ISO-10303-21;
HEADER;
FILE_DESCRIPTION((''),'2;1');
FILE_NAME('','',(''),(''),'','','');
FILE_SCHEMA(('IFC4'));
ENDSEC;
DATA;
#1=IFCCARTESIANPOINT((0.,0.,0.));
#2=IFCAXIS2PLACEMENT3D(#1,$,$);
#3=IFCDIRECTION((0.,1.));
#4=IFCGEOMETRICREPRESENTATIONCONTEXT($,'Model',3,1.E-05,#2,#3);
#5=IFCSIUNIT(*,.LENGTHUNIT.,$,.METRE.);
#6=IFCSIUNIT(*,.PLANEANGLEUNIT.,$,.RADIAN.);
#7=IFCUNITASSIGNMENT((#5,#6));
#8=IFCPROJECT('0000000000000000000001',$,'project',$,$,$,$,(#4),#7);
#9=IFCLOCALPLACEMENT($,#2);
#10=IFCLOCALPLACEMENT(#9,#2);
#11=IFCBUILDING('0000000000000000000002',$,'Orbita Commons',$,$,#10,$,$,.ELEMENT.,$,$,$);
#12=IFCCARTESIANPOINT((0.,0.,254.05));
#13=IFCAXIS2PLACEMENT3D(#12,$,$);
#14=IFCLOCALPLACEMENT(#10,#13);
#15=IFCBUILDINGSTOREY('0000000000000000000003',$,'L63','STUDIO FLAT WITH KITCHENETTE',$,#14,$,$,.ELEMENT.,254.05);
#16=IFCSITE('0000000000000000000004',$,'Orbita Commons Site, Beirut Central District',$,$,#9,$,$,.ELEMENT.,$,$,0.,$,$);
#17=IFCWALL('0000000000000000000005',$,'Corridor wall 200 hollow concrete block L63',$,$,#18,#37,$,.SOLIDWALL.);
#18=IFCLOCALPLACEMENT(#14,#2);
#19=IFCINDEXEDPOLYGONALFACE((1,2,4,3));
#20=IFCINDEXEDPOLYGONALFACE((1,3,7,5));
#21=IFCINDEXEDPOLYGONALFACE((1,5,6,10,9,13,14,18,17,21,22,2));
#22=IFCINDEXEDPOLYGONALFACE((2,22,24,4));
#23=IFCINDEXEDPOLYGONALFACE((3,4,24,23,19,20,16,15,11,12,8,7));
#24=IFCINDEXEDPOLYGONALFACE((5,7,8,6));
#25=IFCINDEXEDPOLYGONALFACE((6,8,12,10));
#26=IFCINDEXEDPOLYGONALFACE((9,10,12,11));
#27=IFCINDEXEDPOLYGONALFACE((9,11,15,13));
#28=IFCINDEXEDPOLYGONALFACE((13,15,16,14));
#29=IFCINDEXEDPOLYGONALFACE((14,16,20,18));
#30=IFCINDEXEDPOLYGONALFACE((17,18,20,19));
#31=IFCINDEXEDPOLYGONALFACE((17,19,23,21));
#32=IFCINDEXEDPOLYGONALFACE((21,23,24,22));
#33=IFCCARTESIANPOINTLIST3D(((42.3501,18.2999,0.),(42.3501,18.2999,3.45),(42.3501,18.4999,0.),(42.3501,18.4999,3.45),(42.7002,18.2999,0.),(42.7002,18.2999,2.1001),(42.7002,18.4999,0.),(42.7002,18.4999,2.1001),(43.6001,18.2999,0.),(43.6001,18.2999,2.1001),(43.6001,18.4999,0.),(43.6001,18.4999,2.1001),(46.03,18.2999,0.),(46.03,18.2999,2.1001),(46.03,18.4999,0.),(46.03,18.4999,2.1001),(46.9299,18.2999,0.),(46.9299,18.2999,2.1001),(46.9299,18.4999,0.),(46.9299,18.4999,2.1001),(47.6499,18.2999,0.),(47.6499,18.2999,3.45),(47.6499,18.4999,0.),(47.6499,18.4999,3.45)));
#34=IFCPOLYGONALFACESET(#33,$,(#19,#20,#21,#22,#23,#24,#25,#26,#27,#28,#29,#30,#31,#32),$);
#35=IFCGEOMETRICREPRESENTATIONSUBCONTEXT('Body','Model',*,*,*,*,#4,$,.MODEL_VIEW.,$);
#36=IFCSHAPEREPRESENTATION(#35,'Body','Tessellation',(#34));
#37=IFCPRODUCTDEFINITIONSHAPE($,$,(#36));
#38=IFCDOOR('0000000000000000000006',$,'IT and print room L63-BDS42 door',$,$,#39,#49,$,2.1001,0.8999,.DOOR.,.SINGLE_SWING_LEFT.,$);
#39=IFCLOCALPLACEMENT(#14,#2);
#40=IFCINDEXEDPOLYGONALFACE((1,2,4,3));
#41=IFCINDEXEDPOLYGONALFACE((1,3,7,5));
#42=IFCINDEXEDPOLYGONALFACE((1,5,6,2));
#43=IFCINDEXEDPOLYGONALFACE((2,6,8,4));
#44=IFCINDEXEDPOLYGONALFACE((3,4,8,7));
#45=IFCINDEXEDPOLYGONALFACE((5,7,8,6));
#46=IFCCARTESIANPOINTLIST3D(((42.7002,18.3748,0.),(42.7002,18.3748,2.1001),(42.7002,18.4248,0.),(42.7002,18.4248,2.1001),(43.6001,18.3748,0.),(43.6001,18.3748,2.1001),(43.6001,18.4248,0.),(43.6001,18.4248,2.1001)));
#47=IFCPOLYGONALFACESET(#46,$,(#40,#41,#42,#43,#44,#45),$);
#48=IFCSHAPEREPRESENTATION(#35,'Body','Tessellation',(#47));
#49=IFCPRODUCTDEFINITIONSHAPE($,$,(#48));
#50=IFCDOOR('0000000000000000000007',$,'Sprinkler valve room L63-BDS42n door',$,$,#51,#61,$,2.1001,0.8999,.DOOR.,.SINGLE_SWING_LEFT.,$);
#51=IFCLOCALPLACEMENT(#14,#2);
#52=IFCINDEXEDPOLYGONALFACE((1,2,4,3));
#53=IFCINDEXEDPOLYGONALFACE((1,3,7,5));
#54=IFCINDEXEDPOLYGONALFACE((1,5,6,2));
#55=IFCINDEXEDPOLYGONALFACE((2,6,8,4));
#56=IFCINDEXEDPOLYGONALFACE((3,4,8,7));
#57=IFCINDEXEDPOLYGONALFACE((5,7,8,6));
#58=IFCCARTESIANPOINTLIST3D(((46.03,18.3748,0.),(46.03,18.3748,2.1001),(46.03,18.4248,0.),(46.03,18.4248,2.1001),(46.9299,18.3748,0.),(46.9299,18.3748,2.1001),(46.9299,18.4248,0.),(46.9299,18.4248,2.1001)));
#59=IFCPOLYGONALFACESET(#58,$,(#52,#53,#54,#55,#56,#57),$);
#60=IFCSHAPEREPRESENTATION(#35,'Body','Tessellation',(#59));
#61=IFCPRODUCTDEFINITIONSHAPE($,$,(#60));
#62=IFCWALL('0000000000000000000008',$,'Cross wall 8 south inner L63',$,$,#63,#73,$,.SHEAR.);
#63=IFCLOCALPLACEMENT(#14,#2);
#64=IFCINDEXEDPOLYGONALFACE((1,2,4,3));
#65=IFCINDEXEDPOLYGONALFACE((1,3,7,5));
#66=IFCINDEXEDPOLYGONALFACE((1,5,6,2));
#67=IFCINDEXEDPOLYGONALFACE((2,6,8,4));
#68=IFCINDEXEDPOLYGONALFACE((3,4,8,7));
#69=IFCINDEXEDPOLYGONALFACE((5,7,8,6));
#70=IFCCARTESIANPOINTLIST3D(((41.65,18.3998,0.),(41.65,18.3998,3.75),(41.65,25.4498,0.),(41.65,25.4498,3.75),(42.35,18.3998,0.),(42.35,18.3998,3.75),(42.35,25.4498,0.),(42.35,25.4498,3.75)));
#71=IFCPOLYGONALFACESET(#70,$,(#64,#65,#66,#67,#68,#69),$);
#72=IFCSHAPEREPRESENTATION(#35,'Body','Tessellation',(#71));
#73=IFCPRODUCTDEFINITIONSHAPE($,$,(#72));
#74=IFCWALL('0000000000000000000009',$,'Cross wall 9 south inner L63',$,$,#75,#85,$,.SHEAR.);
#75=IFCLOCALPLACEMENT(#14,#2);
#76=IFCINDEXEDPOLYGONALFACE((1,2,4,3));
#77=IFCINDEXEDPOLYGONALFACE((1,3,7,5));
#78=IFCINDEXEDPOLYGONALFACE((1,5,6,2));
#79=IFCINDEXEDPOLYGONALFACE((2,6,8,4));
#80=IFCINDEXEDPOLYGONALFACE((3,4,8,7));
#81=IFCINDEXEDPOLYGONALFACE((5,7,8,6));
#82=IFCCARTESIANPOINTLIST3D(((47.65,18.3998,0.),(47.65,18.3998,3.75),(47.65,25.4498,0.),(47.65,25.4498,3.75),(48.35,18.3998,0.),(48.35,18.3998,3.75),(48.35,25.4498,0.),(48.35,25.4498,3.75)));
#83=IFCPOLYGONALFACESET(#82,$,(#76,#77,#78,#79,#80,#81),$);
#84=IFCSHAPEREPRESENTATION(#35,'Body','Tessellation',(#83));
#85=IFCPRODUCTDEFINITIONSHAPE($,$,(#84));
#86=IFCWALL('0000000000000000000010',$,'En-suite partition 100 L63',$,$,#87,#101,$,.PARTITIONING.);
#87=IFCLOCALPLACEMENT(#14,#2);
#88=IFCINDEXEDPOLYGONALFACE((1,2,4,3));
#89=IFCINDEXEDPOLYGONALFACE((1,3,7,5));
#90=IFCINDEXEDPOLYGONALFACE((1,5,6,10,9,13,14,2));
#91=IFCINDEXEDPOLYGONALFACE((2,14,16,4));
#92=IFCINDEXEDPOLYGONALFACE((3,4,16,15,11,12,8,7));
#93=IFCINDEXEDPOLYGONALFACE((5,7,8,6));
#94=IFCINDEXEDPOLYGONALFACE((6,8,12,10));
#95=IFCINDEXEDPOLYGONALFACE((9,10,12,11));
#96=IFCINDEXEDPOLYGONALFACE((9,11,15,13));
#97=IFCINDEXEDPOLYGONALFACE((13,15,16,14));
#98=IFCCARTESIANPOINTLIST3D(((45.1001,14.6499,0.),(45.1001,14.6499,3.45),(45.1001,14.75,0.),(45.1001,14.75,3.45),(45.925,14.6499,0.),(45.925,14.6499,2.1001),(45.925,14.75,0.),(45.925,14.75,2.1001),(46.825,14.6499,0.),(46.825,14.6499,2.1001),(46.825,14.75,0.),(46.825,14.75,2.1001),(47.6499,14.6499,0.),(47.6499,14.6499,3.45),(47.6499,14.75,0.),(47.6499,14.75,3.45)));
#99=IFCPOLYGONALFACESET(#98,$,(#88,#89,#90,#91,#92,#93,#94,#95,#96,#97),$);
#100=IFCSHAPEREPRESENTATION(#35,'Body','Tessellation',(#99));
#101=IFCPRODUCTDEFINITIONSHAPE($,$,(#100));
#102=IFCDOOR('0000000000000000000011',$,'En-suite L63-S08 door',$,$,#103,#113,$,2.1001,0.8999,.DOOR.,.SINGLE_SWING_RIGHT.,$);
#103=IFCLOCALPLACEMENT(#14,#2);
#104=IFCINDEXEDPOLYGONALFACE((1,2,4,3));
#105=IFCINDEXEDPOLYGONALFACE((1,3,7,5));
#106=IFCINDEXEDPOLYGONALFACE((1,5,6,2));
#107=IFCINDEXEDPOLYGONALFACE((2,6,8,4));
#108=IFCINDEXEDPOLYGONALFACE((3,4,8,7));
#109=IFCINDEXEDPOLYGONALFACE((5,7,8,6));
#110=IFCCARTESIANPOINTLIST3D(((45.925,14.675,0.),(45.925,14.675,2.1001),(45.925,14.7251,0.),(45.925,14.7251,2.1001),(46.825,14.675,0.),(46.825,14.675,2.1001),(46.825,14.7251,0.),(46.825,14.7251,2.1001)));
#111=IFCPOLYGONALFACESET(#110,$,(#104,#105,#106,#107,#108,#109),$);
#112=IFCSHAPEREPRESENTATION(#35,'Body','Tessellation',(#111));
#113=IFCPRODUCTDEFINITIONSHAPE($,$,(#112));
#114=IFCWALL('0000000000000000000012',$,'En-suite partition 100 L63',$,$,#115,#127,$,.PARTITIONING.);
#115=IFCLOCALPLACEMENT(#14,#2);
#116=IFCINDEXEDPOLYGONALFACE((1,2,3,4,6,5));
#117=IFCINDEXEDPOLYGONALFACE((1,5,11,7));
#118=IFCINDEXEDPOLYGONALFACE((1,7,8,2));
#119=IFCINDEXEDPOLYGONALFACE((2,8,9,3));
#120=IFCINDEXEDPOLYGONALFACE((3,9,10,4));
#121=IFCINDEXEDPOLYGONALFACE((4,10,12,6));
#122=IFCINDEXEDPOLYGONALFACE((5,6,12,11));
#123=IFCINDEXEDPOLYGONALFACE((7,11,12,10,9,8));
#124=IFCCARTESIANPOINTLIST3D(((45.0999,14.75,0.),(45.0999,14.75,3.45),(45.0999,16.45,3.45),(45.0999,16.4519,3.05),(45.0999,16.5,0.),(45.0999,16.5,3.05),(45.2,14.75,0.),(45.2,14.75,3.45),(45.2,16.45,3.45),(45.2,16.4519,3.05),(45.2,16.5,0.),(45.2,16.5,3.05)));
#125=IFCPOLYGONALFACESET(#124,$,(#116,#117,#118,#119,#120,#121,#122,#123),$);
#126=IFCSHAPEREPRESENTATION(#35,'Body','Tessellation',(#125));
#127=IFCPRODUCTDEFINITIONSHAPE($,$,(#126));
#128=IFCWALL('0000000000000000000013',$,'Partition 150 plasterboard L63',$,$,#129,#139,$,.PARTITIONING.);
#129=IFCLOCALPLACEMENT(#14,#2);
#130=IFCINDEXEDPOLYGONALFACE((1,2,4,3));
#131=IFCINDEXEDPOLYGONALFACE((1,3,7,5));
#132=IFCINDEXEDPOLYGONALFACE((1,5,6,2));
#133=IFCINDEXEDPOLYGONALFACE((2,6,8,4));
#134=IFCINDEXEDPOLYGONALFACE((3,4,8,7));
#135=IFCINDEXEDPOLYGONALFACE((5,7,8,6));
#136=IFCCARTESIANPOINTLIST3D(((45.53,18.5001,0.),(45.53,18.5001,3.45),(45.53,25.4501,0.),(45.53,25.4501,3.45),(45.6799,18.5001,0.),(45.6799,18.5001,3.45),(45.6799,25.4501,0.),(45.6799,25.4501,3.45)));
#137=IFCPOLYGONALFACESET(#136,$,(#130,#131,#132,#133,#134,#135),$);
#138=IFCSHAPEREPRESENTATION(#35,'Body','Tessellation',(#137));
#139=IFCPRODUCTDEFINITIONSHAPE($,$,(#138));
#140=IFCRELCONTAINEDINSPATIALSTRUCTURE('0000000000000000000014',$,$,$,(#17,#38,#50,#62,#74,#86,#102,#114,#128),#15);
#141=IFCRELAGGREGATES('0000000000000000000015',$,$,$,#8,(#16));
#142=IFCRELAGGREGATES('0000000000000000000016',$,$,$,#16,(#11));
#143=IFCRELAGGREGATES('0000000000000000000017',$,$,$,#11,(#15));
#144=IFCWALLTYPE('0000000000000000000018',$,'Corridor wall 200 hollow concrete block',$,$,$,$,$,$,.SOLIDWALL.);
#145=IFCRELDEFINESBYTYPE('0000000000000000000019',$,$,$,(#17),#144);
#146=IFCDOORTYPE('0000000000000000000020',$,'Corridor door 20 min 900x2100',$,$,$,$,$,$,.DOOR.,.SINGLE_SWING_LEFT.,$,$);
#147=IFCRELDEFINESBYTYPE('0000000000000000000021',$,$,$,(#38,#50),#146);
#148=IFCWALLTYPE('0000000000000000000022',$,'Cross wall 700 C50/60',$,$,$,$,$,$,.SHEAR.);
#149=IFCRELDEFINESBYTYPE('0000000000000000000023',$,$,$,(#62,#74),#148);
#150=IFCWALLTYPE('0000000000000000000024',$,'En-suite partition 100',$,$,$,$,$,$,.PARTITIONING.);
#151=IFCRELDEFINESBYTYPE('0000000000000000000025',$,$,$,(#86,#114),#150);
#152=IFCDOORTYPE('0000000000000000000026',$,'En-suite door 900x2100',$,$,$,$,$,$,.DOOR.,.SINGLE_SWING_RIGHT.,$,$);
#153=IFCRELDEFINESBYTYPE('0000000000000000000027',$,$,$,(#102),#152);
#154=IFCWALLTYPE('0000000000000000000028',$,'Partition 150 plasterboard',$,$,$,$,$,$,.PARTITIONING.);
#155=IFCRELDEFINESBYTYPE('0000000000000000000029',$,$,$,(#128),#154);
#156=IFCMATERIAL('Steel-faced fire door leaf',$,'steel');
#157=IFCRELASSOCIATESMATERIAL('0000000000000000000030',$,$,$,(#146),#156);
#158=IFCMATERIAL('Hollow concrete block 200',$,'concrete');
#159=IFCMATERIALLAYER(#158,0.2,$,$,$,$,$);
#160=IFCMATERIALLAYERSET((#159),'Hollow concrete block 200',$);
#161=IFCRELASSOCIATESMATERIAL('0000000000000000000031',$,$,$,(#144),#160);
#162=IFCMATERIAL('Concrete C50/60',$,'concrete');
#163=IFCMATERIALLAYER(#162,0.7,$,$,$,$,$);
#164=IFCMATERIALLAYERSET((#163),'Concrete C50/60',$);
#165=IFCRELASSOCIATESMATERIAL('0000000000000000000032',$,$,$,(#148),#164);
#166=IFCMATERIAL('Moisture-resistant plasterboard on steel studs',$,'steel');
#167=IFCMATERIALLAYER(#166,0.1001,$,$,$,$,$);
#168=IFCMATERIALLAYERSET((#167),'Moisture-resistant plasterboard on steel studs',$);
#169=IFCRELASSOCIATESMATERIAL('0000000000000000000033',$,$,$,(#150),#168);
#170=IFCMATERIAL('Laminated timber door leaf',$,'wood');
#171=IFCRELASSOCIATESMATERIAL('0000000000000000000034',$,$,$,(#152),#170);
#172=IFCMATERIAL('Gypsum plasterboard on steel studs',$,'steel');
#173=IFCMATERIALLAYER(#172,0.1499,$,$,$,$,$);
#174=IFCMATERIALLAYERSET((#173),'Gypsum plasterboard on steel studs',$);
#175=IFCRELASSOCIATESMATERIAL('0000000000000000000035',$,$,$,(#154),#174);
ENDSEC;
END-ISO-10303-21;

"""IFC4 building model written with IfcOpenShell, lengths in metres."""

from ifc_helpers import new_model, si_unit, direction, frame, frame_2d, origin, place, context, subcontext, project, spatial, polyline, rectangle, outline, extrude, material, layer, layer_set, type_object, element, fill, save


model = new_model("IFC4")

# Units and contexts
model_context = context("Model", 3, precision=1e-05, world=origin(), true_north=direction((0.0, 1.0)))
body_context = subcontext(model_context, "Body", "Model", "MODEL_VIEW")
ifc_project = project(units=[si_unit("LENGTHUNIT", "METRE"), si_unit("PLANEANGLEUNIT", "RADIAN")], contexts=[model_context])

# Site, building, storey
site_placement = place(None, origin())
site = spatial("IfcSite", under=ifc_project, at=site_placement, Name="Orbita Commons Site, Beirut Central District", CompositionType="ELEMENT", RefElevation=0.0)
building_placement = place(site_placement, origin())
building = spatial("IfcBuilding", under=site, at=building_placement, Name="Orbita Commons", CompositionType="ELEMENT")
storey_placement = place(building_placement, frame((0.0, 0.0, 254.05)))
storey = spatial("IfcBuildingStorey", under=building, at=storey_placement, Name="L63", Description="STUDIO FLAT WITH KITCHENETTE", CompositionType="ELEMENT", Elevation=254.05)

# Shared definitions
ifc_material_1 = material(Name="Steel-faced fire door leaf", Category="steel")
door_type_1 = type_object("IfcDoorType", Name="Corridor door 20 min 900x2100", OperationType="SINGLE_SWING_LEFT", PredefinedType="DOOR", material=ifc_material_1)

# Wall, openings, doors
ifc_material_2 = material(Name="Hollow concrete block 200", Category="concrete")
ifc_layer_1 = layer(ifc_material_2, 0.2)
ifc_layer_set_1 = layer_set([ifc_layer_1], Name="Hollow concrete block 200")
wall_type_1 = type_object("IfcWallType", Name="Corridor wall 200 hollow concrete block", PredefinedType="SOLIDWALL", material=ifc_layer_set_1)
wall_1_placement = place(storey_placement, frame((42.3501, 18.3999, 0.0), z_axis=(0.0, 0.0, 1.0), x_axis=(1.0, 0.0, 0.0)))
wall_1 = element("IfcWall", 1, at=wall_1_placement, inside=storey, type_object=wall_type_1, Name="Corridor wall 200 hollow concrete block L63", PredefinedType="SOLIDWALL", context=body_context, shape_type="SweptSolid", body=[
    extrude(rectangle(XDim=5.2998, YDim=0.2, at=frame_2d((2.6499, 0.0))), origin(), (0.0, 0.0, 1.0), 3.45),
])
opening_1_placement = place(wall_1_placement, frame((0.3501, 0.0, 0.0)))
opening_1 = element("IfcOpeningElement", 2, at=opening_1_placement, cuts=wall_1, PredefinedType="OPENING", context=body_context, shape_type="SweptSolid", body=[
    extrude(rectangle(XDim=0.8999, YDim=2.1001, at=frame_2d((0.45, 1.05))), frame((0.0, 0.1099, 0.0), z_axis=(0.0, -1.0, 0.0), x_axis=(1.0, 0.0, 0.0)), (0.0, 0.0, 1.0), 0.22),
])
opening_2_placement = place(wall_1_placement, frame((3.6799, 0.0, 0.0)))
opening_2 = element("IfcOpeningElement", 3, at=opening_2_placement, cuts=wall_1, PredefinedType="OPENING", context=body_context, shape_type="SweptSolid", body=[
    extrude(rectangle(XDim=0.8999, YDim=2.1001, at=frame_2d((0.45, 1.05))), frame((0.0, 0.1099, 0.0), z_axis=(0.0, -1.0, 0.0), x_axis=(1.0, 0.0, 0.0)), (0.0, 0.0, 1.0), 0.22),
])
door_1_placement = place(opening_1_placement, origin())
door_1 = element("IfcDoor", 4, at=door_1_placement, inside=storey, type_object=door_type_1, Name="IT and print room L63-BDS42 door", OperationType="SINGLE_SWING_LEFT", OverallHeight=2.1001, OverallWidth=0.8999, PredefinedType="DOOR", context=body_context, shape_type="SweptSolid", body=[
    extrude(rectangle(XDim=0.8999, YDim=2.1001, at=frame_2d((0.45, 1.05))), frame((0.0, 0.0249, 0.0), z_axis=(0.0, -1.0, 0.0), x_axis=(1.0, 0.0, 0.0)), (0.0, 0.0, 1.0), 0.05),
])
fill(opening_1, door_1)
door_2_placement = place(opening_2_placement, origin())
door_2 = element("IfcDoor", 5, at=door_2_placement, inside=storey, type_object=door_type_1, Name="Sprinkler valve room L63-BDS42n door", OperationType="SINGLE_SWING_LEFT", OverallHeight=2.1001, OverallWidth=0.8999, PredefinedType="DOOR", context=body_context, shape_type="SweptSolid", body=[
    extrude(rectangle(XDim=0.8999, YDim=2.1001, at=frame_2d((0.45, 1.05))), frame((0.0, 0.0249, 0.0), z_axis=(0.0, -1.0, 0.0), x_axis=(1.0, 0.0, 0.0)), (0.0, 0.0, 1.0), 0.05),
])
fill(opening_2, door_2)

# Walls
ifc_material_3 = material(Name="Concrete C50/60", Category="concrete")
ifc_layer_2 = layer(ifc_material_3, 0.7)
ifc_layer_set_2 = layer_set([ifc_layer_2], Name="Concrete C50/60")
wall_type_2 = type_object("IfcWallType", Name="Cross wall 700 C50/60", PredefinedType="SHEAR", material=ifc_layer_set_2)
for number, where, z_axis, x_axis, name in (
    (6, (42.0, 18.3999, 0.0), (0.0, 0.0, 1.0), (0.0, 1.0, 0.0), "Cross wall 8 south inner L63"),
    (7, (48.0, 18.3999, 0.0), (0.0, 0.0, 1.0), (0.0, 1.0, 0.0), "Cross wall 9 south inner L63"),
):
    element("IfcWall", number, at=place(storey_placement, frame(where, z_axis=z_axis, x_axis=x_axis)), inside=storey, type_object=wall_type_2, Name=name, PredefinedType="SHEAR", context=body_context, shape_type="SweptSolid", body=[
        extrude(rectangle(XDim=7.05, YDim=0.7, at=frame_2d((3.5249, 0.0))), origin(), (0.0, 0.0, 1.0), 3.75),
    ])

# Wall, opening, door
ifc_material_4 = material(Name="Moisture-resistant plasterboard on steel studs", Category="steel")
ifc_layer_3 = layer(ifc_material_4, 0.1001)
ifc_layer_set_3 = layer_set([ifc_layer_3], Name="Moisture-resistant plasterboard on steel studs")
wall_type_3 = type_object("IfcWallType", Name="En-suite partition 100", PredefinedType="PARTITIONING", material=ifc_layer_set_3)
wall_2_placement = place(storey_placement, frame((47.6499, 14.7, 0.0), z_axis=(0.0, 0.0, 1.0), x_axis=(-1.0, 0.0, 0.0)))
wall_2 = element("IfcWall", 8, at=wall_2_placement, inside=storey, type_object=wall_type_3, Name="En-suite partition 100 L63", PredefinedType="PARTITIONING", context=body_context, shape_type="SweptSolid", body=[
    extrude(rectangle(XDim=2.5498, YDim=0.1001, at=frame_2d((1.2749, 0.0))), origin(), (0.0, 0.0, 1.0), 3.45),
])
opening_3_placement = place(wall_2_placement, frame((0.825, 0.0, 0.0)))
opening_3 = element("IfcOpeningElement", 9, at=opening_3_placement, cuts=wall_2, PredefinedType="OPENING", context=body_context, shape_type="SweptSolid", body=[
    extrude(rectangle(XDim=0.8999, YDim=2.1001, at=frame_2d((0.45, 1.05))), frame((0.0, 0.0601, 0.0), z_axis=(0.0, -1.0, 0.0), x_axis=(1.0, 0.0, 0.0)), (0.0, 0.0, 1.0), 0.1201),
])
ifc_material_5 = material(Name="Laminated timber door leaf", Category="wood")
door_type_2 = type_object("IfcDoorType", Name="En-suite door 900x2100", OperationType="SINGLE_SWING_RIGHT", PredefinedType="DOOR", material=ifc_material_5)
door_3_placement = place(opening_3_placement, origin())
door_3 = element("IfcDoor", 10, at=door_3_placement, inside=storey, type_object=door_type_2, Name="En-suite L63-S08 door", OperationType="SINGLE_SWING_RIGHT", OverallHeight=2.1001, OverallWidth=0.8999, PredefinedType="DOOR", context=body_context, shape_type="SweptSolid", body=[
    extrude(rectangle(XDim=0.8999, YDim=2.1001, at=frame_2d((0.45, 1.05))), frame((0.0, 0.0249, 0.0), z_axis=(0.0, -1.0, 0.0), x_axis=(1.0, 0.0, 0.0)), (0.0, 0.0, 1.0), 0.05),
])
fill(opening_3, door_3)

# Walls
wall_3_placement = place(storey_placement, frame((45.1499, 14.75, 0.0), z_axis=(0.0, 0.0, 1.0), x_axis=(0.0, 1.0, 0.0)))
element("IfcWall", 11, at=wall_3_placement, inside=storey, type_object=wall_type_3, Name="En-suite partition 100 L63", PredefinedType="PARTITIONING", context=body_context, shape_type="SweptSolid", body=[
    extrude(outline(polyline([(0.0, 0.0), (1.75, 0.0), (1.75, 3.05), (1.7019, 3.05), (1.7, 3.45), (0.0, 3.45), (0.0, 0.0)])), frame((0.0, 0.05, 0.0), z_axis=(0.0, -1.0, 0.0), x_axis=(1.0, 0.0, 0.0)), (0.0, 0.0, 1.0), 0.1001),
])
ifc_material_6 = material(Name="Gypsum plasterboard on steel studs", Category="steel")
ifc_layer_4 = layer(ifc_material_6, 0.1499)
ifc_layer_set_4 = layer_set([ifc_layer_4], Name="Gypsum plasterboard on steel studs")
wall_type_4 = type_object("IfcWallType", Name="Partition 150 plasterboard", PredefinedType="PARTITIONING", material=ifc_layer_set_4)
wall_4_placement = place(storey_placement, frame((45.605, 18.5, 0.0), z_axis=(0.0, 0.0, 1.0), x_axis=(0.0, 1.0, 0.0)))
element("IfcWall", 12, at=wall_4_placement, inside=storey, type_object=wall_type_4, Name="Partition 150 plasterboard L63", PredefinedType="PARTITIONING", context=body_context, shape_type="SweptSolid", body=[
    extrude(rectangle(XDim=6.95, YDim=0.1499, at=frame_2d((3.4751, 0.0))), origin(), (0.0, 0.0, 1.0), 3.45),
])

save(model, "model.ifc")
